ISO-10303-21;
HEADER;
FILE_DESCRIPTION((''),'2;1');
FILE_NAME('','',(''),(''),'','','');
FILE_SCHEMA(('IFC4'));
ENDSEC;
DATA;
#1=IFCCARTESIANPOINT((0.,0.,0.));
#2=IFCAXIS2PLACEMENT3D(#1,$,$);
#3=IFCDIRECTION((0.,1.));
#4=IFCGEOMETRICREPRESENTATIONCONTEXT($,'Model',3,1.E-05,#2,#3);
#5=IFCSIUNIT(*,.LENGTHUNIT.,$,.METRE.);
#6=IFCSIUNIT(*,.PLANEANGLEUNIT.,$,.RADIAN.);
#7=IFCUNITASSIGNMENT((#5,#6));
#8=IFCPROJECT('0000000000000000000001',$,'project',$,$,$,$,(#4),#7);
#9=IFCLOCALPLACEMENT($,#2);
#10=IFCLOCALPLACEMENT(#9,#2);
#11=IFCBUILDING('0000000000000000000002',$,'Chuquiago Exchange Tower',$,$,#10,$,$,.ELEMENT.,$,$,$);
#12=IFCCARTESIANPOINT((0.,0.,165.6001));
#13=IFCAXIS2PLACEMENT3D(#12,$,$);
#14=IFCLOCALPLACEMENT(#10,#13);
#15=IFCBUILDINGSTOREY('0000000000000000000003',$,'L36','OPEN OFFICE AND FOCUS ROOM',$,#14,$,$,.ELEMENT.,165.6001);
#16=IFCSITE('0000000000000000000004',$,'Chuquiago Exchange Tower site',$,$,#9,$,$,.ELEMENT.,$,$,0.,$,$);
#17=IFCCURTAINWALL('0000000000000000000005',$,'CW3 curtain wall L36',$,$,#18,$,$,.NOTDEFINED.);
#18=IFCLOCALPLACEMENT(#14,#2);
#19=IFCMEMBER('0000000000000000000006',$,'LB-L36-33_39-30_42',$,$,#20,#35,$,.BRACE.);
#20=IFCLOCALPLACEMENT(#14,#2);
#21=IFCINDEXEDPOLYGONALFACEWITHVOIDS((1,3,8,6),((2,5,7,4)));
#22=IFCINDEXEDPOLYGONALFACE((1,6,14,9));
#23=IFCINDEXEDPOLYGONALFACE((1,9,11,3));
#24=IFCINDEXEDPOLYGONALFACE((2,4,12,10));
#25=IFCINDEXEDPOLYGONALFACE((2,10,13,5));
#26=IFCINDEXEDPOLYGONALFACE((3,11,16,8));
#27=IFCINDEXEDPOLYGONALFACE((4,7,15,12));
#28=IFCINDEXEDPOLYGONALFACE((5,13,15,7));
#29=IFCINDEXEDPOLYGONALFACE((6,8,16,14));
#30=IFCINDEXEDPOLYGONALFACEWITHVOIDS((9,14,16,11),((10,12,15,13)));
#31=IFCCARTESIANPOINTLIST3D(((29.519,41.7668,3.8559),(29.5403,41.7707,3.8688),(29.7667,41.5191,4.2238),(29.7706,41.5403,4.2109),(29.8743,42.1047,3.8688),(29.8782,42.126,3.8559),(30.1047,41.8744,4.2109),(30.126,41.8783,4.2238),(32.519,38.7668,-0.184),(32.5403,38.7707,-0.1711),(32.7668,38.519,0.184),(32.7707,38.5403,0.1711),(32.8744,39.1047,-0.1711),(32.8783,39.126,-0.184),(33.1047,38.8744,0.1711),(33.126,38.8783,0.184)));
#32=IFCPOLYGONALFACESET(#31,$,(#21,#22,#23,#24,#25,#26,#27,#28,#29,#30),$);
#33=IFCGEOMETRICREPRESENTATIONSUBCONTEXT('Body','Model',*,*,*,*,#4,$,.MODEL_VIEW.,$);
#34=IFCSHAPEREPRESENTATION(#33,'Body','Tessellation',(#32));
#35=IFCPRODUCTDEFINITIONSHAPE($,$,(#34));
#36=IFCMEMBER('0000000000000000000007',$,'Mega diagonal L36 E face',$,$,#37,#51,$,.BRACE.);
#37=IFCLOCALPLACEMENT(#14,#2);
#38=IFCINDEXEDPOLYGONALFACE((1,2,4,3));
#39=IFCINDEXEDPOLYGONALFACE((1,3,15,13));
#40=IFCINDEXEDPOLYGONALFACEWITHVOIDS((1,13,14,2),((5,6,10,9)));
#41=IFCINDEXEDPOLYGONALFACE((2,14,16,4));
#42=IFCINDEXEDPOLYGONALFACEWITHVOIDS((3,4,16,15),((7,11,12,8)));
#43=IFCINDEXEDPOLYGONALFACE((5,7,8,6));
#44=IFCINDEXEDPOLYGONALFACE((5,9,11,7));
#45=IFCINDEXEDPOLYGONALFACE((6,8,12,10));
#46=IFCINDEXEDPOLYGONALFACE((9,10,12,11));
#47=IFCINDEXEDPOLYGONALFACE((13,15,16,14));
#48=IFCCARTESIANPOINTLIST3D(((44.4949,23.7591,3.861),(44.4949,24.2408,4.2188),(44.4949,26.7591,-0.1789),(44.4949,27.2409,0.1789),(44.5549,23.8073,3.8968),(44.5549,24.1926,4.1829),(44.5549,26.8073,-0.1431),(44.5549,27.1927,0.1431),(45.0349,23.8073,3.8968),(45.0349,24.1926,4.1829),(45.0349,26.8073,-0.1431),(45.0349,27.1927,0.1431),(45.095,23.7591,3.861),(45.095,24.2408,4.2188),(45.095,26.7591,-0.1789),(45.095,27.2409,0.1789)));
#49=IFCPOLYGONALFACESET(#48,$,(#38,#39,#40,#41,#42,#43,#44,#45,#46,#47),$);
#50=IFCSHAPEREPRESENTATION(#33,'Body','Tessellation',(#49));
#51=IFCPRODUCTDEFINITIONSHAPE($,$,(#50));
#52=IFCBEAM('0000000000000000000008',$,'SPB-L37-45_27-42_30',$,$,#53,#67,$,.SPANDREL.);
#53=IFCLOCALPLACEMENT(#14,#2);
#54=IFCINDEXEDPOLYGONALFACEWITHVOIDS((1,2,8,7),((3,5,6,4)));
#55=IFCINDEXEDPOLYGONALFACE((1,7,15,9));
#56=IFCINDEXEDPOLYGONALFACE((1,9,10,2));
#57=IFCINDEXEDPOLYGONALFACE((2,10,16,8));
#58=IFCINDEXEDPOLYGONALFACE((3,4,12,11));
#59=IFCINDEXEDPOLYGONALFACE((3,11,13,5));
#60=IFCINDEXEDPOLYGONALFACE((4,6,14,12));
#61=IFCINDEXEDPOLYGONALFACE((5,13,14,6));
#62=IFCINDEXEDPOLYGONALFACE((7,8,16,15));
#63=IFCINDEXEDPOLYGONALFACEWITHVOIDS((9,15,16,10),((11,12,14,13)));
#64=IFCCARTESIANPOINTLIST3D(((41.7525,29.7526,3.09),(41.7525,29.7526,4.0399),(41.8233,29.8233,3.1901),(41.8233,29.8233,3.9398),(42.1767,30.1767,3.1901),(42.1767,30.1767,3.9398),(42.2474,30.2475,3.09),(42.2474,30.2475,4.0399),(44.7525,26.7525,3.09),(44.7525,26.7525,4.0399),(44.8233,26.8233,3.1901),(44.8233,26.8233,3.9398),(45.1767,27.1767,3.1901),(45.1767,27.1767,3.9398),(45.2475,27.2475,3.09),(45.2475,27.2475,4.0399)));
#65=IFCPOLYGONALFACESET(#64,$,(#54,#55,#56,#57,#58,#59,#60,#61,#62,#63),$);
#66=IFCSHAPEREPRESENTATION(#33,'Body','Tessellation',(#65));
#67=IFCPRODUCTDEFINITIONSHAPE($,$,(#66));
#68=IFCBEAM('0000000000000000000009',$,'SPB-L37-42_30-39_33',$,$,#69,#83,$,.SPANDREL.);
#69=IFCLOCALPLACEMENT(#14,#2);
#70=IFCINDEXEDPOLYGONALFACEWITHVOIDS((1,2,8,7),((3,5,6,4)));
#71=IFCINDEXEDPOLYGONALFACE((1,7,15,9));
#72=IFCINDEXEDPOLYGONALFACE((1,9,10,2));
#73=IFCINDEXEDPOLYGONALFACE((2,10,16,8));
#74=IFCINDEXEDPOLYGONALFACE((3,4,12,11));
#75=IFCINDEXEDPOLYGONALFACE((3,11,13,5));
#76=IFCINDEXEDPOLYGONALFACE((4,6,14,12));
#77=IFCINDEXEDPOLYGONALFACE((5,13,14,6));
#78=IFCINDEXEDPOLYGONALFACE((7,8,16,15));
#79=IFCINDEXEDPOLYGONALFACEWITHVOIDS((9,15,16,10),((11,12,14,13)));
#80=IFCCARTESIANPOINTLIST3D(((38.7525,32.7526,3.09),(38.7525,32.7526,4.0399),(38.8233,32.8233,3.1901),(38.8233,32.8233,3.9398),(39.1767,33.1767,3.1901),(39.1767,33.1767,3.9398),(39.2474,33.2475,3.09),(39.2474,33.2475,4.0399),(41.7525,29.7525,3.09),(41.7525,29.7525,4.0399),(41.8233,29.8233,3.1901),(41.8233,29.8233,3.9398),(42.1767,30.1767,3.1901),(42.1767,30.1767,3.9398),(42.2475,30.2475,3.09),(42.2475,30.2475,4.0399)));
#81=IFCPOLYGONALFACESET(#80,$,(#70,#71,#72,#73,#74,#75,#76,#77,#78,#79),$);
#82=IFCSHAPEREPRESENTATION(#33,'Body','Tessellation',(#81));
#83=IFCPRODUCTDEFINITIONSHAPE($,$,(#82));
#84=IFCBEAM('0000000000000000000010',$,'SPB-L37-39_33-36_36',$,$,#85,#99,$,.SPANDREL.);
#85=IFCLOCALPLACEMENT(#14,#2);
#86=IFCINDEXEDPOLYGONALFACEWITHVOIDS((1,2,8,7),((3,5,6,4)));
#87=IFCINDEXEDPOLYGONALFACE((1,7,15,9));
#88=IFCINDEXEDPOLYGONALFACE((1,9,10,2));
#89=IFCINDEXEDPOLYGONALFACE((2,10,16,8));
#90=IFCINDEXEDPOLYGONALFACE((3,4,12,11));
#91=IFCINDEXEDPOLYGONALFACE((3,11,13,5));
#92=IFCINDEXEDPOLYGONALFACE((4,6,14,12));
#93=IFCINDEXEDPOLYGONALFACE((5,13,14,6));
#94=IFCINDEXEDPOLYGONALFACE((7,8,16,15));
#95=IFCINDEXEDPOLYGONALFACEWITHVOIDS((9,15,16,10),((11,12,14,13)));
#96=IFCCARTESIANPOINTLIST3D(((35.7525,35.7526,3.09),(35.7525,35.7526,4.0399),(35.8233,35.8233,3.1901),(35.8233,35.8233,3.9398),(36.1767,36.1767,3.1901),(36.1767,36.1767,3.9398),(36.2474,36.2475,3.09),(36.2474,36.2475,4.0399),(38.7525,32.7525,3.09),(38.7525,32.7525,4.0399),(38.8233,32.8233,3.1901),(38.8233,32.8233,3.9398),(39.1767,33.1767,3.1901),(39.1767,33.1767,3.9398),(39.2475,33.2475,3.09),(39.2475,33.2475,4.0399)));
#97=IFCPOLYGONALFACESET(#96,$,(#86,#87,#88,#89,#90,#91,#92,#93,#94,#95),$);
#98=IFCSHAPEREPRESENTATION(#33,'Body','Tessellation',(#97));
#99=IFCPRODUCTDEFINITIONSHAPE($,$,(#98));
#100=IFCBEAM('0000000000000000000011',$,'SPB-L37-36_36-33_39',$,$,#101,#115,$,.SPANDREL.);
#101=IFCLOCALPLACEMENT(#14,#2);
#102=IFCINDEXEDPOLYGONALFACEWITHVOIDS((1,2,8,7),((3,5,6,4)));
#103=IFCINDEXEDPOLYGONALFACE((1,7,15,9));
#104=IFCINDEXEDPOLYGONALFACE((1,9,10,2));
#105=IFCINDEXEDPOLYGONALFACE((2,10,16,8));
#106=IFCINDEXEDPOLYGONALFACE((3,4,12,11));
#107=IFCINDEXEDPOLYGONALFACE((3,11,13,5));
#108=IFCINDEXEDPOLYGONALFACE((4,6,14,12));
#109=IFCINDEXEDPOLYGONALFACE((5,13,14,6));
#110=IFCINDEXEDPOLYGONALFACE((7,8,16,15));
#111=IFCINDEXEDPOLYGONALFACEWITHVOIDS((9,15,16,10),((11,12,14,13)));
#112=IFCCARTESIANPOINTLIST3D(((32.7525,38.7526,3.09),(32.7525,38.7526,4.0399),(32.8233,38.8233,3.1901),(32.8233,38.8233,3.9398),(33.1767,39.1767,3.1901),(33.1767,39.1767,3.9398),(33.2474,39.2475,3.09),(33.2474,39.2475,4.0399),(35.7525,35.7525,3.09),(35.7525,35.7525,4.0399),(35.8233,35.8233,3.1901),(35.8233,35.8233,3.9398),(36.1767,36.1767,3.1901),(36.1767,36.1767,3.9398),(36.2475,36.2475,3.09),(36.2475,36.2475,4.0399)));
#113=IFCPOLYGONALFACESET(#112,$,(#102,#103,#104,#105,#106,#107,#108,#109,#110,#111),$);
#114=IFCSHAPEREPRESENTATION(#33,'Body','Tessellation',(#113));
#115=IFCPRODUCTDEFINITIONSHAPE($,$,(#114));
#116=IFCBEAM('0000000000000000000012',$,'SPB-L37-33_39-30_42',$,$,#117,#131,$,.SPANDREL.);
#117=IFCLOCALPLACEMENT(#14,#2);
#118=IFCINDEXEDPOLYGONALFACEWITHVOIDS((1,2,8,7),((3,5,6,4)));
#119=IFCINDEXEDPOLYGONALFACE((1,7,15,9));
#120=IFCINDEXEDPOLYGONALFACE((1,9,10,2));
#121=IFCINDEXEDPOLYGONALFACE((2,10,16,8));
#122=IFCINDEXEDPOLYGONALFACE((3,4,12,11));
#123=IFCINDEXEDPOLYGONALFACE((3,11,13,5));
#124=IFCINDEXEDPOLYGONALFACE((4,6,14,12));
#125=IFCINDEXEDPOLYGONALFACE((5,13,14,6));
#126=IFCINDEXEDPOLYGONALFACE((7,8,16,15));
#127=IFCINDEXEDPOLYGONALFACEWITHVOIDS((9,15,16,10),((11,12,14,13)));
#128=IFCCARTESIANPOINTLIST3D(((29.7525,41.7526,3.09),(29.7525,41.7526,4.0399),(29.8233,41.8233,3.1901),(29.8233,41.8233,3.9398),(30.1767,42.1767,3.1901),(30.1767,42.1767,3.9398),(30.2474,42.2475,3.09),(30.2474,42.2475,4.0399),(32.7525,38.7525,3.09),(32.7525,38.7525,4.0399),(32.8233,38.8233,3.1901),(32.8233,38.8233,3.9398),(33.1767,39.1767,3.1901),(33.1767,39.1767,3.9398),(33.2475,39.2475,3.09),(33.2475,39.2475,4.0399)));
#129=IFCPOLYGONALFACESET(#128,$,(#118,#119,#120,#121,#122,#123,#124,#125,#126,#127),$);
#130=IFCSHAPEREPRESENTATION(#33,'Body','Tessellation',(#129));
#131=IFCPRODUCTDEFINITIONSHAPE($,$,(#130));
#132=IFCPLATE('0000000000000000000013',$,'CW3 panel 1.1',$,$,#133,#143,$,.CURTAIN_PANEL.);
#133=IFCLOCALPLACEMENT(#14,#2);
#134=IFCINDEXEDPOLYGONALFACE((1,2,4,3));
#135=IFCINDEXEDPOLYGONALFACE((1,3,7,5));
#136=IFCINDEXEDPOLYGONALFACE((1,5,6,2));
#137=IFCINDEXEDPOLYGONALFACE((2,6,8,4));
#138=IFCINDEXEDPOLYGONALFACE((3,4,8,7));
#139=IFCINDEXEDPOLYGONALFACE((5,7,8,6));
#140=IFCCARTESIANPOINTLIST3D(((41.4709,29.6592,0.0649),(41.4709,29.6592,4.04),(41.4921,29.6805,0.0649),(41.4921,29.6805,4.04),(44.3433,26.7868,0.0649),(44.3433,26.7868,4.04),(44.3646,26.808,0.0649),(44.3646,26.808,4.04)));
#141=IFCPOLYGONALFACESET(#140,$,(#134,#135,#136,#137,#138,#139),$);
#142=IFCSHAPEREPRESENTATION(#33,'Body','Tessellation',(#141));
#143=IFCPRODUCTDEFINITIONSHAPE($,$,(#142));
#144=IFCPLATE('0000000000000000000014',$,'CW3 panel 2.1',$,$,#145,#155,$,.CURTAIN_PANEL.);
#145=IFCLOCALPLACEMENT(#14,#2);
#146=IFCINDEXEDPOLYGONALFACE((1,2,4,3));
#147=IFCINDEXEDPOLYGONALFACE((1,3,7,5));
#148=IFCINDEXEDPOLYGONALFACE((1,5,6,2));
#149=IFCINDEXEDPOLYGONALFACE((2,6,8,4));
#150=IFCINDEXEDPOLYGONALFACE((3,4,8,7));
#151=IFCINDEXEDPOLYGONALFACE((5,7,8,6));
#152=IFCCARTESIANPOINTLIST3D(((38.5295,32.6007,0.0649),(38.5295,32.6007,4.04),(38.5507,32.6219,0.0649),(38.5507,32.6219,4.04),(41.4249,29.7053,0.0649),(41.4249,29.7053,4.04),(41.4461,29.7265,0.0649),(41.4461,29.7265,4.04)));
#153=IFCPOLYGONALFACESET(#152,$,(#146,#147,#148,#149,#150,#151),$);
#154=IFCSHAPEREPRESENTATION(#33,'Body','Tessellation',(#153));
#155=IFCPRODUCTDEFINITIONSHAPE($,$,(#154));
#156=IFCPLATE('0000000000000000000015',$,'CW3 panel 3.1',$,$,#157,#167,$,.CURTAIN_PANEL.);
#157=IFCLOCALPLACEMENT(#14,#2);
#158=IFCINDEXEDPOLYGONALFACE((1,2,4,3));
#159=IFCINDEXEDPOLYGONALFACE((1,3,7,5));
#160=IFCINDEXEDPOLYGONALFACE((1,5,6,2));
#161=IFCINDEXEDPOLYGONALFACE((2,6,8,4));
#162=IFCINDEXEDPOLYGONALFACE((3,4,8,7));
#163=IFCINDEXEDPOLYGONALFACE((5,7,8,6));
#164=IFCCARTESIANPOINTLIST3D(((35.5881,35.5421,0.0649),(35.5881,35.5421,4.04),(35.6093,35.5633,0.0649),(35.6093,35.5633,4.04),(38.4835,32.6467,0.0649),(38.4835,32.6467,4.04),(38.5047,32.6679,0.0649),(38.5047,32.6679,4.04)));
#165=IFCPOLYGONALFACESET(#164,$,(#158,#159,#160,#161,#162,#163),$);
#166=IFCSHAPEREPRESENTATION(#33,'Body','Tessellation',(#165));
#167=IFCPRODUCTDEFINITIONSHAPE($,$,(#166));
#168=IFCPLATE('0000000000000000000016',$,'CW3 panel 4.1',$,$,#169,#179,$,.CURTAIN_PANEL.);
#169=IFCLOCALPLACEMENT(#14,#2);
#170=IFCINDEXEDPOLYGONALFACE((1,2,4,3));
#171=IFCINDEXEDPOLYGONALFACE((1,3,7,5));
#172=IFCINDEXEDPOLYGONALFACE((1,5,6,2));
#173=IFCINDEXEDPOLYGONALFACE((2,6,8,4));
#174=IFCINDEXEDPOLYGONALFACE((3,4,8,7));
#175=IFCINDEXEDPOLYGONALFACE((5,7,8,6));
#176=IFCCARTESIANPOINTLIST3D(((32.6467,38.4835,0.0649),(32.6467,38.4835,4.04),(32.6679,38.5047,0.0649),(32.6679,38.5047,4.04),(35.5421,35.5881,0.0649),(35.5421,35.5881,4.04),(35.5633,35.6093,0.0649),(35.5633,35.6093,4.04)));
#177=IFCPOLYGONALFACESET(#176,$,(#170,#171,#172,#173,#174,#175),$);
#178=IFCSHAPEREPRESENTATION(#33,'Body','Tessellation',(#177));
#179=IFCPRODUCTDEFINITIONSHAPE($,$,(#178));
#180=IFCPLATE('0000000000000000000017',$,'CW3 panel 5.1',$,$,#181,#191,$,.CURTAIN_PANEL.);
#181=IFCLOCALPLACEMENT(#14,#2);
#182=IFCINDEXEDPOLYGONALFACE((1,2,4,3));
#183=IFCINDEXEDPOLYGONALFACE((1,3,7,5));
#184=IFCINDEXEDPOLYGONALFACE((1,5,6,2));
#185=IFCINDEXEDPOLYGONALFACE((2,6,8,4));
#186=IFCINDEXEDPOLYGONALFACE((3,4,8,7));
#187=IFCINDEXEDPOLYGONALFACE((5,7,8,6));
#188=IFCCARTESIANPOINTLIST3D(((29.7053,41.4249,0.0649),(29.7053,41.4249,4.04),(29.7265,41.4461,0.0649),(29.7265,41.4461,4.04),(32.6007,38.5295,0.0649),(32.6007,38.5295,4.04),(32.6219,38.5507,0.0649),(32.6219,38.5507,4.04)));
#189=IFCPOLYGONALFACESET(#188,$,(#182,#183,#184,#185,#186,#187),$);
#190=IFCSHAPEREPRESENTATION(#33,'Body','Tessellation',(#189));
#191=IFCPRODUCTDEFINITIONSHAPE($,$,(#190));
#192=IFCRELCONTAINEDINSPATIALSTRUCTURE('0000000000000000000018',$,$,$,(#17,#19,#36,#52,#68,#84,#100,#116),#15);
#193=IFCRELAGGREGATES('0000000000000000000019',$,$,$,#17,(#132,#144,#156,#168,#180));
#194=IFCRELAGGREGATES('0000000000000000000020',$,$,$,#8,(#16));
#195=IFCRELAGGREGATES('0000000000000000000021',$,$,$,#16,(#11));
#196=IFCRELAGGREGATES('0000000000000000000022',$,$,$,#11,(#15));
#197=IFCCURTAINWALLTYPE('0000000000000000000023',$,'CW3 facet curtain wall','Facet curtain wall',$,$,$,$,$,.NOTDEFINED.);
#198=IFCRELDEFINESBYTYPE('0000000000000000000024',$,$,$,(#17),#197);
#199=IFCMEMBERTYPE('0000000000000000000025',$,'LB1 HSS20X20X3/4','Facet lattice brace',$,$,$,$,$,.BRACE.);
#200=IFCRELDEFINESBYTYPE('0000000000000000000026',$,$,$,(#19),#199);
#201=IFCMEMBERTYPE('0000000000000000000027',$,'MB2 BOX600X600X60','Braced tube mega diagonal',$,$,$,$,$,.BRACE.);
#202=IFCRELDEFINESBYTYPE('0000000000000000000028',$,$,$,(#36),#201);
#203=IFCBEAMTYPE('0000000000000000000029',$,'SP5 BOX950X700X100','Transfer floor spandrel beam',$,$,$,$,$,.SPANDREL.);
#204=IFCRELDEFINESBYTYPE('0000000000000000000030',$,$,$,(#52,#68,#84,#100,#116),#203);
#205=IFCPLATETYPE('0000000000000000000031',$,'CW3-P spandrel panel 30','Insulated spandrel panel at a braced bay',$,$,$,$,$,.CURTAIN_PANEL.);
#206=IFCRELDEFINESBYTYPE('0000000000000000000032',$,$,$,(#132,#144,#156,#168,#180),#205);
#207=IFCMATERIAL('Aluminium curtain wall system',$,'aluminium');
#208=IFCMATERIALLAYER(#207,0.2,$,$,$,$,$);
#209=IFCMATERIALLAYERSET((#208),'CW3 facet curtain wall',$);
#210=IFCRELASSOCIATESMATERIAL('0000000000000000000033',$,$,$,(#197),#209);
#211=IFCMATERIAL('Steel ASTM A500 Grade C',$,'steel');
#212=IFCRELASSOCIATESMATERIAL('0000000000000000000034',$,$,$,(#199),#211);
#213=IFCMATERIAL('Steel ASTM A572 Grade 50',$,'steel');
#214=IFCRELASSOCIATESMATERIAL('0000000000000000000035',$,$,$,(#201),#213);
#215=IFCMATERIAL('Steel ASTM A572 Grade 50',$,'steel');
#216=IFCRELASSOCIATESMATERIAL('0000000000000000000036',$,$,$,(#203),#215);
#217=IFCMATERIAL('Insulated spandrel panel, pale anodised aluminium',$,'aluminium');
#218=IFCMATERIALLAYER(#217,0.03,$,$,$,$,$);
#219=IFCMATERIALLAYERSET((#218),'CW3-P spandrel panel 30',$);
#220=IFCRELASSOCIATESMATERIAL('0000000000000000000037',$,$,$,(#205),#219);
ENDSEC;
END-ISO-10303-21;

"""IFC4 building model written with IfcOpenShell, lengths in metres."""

from ifc_helpers import new_model, si_unit, direction, frame, origin, origin_2d, place, context, subcontext, project, spatial, rectangle, hollow_rectangle, extrude, material, layer, layer_set, material_profile, profile_set, type_object, element, aggregate, save


model = new_model("IFC4")

# Units and contexts
model_context = context("Model", 3, precision=1e-05, world=origin(), true_north=direction((0.0, 1.0)))
body_context = subcontext(model_context, "Body", "Model", "MODEL_VIEW")
ifc_project = project(units=[si_unit("LENGTHUNIT", "METRE"), si_unit("PLANEANGLEUNIT", "RADIAN")], contexts=[model_context])

# Site, building, storey
site_placement = place(None, origin())
site = spatial("IfcSite", under=ifc_project, at=site_placement, Name="Chuquiago Exchange Tower site", CompositionType="ELEMENT", RefElevation=0.0)
building_placement = place(site_placement, origin())
building = spatial("IfcBuilding", under=site, at=building_placement, Name="Chuquiago Exchange Tower", CompositionType="ELEMENT")
storey_placement = place(building_placement, frame((0.0, 0.0, 165.6001)))
storey = spatial("IfcBuildingStorey", under=building, at=storey_placement, Name="L36", Description="OPEN OFFICE AND FOCUS ROOM", CompositionType="ELEMENT", Elevation=165.6001)

# Curtain wall
ifc_material_1 = material(Name="Aluminium curtain wall system", Category="aluminium")
ifc_layer_1 = layer(ifc_material_1, 0.2)
ifc_layer_set_1 = layer_set([ifc_layer_1], Name="CW3 facet curtain wall")
curtain_wall_type = type_object("IfcCurtainWallType", Name="CW3 facet curtain wall", Description="Facet curtain wall", PredefinedType="NOTDEFINED", material=ifc_layer_set_1)
curtain_wall_placement = place(storey_placement, origin())
curtain_wall = element("IfcCurtainWall", 1, at=curtain_wall_placement, inside=storey, type_object=curtain_wall_type, Name="CW3 curtain wall L36", PredefinedType="NOTDEFINED")

# Members
ifc_material_2 = material(Name="Steel ASTM A500 Grade C", Category="steel")
ifc_material_profile_1 = material_profile(ifc_material_2, hollow_rectangle(XDim=0.5081, YDim=0.5081, WallThickness=0.0178, at=origin_2d()), Name="HSS20X20X3/4")
ifc_profile_set_1 = profile_set([ifc_material_profile_1], Name="Steel ASTM A500 Grade C")
member_type_1 = type_object("IfcMemberType", Name="LB1 HSS20X20X3/4", Description="Facet lattice brace", PredefinedType="BRACE", material=ifc_profile_set_1)
for number, where, z_axis, x_axis, name in (
    (2, (32.8225, 38.8225, 0.0), (-0.512092, 0.512092, 0.689582), (-0.707107, -0.707107, 0.0), "LB-L36-33_39-30_42"),
):
    element("IfcMember", number, at=place(storey_placement, frame(where, z_axis=z_axis, x_axis=x_axis)), inside=storey, type_object=member_type_1, Name=name, PredefinedType="BRACE", context=body_context, shape_type="SweptSolid", body=[
        extrude(hollow_rectangle(XDim=0.5081, YDim=0.5081, WallThickness=0.0178, at=origin_2d()), origin(), (0.0, 0.0, 1.0), 5.8584),
    ])
ifc_material_3 = material(Name="Steel ASTM A572 Grade 50", Category="steel")
ifc_material_profile_2 = material_profile(ifc_material_3, hollow_rectangle(XDim=0.6001, YDim=0.6001, WallThickness=0.0601, at=origin_2d()), Name="BOX600X600X60")
ifc_profile_set_2 = profile_set([ifc_material_profile_2], Name="Steel ASTM A572 Grade 50")
member_type_2 = type_object("IfcMemberType", Name="MB2 BOX600X600X60", Description="Braced tube mega diagonal", PredefinedType="BRACE", material=ifc_profile_set_2)
member_1_placement = place(storey_placement, frame((44.7949, 27.0, 0.0), z_axis=(0.0, -0.596197, 0.802838), x_axis=(1.0, 0.0, 0.0)))
element("IfcMember", 3, at=member_1_placement, inside=storey, type_object=member_type_2, Name="Mega diagonal L36 E face", PredefinedType="BRACE", context=body_context, shape_type="SweptSolid", body=[
    extrude(hollow_rectangle(XDim=0.6001, YDim=0.6001, WallThickness=0.0601, at=origin_2d()), origin(), (0.0, 0.0, 1.0), 5.032),
])

# Beams
ifc_material_4 = material(Name="Steel ASTM A572 Grade 50", Category="steel")
ifc_material_profile_3 = material_profile(ifc_material_4, hollow_rectangle(XDim=0.7, YDim=0.95, WallThickness=0.1001, at=origin_2d()), Name="BOX950X700X100")
ifc_profile_set_3 = profile_set([ifc_material_profile_3], Name="Steel ASTM A572 Grade 50")
beam_type_1 = type_object("IfcBeamType", Name="SP5 BOX950X700X100", Description="Transfer floor spandrel beam", PredefinedType="SPANDREL", material=ifc_profile_set_3)
for number, where, z_axis, x_axis, name in (
    (4, (45.0, 27.0, 3.5649), (-0.707107, 0.707107, 0.0), (-0.707107, -0.707107, 0.0), "SPB-L37-45_27-42_30"),
    (5, (42.0, 30.0, 3.5649), (-0.707107, 0.707107, 0.0), (-0.707107, -0.707107, 0.0), "SPB-L37-42_30-39_33"),
    (6, (39.0, 33.0, 3.5649), (-0.707107, 0.707107, 0.0), (-0.707107, -0.707107, 0.0), "SPB-L37-39_33-36_36"),
    (7, (36.0, 36.0, 3.5649), (-0.707107, 0.707107, 0.0), (-0.707107, -0.707107, 0.0), "SPB-L37-36_36-33_39"),
    (8, (33.0, 39.0, 3.5649), (-0.707107, 0.707107, 0.0), (-0.707107, -0.707107, 0.0), "SPB-L37-33_39-30_42"),
):
    element("IfcBeam", number, at=place(storey_placement, frame(where, z_axis=z_axis, x_axis=x_axis)), inside=storey, type_object=beam_type_1, Name=name, PredefinedType="SPANDREL", context=body_context, shape_type="SweptSolid", body=[
        extrude(hollow_rectangle(XDim=0.7, YDim=0.95, WallThickness=0.1001, at=origin_2d()), origin(), (0.0, 0.0, 1.0), 4.2427),
    ])

# Plates
ifc_material_5 = material(Name="Insulated spandrel panel, pale anodised aluminium", Category="aluminium")
ifc_layer_2 = layer(ifc_material_5, 0.03)
ifc_layer_set_2 = layer_set([ifc_layer_2], Name="CW3-P spandrel panel 30")
plate_type = type_object("IfcPlateType", Name="CW3-P spandrel panel 30", Description="Insulated spandrel panel at a braced bay", PredefinedType="CURTAIN_PANEL", material=ifc_layer_set_2)
plate_1_placement = place(storey_placement, frame((42.9177, 28.2336, 0.0649), z_axis=(0.0, 0.0, 1.0), x_axis=(-0.707107, 0.707107, 0.0)))
plate_1 = element("IfcPlate", 9, at=plate_1_placement, type_object=plate_type, Name="CW3 panel 1.1", PredefinedType="CURTAIN_PANEL", context=body_context, shape_type="SweptSolid", body=[
    extrude(rectangle(XDim=4.0623, YDim=0.03, at=origin_2d()), origin(), (0.0, 0.0, 1.0), 3.9751),
])
plate_2_placement = place(storey_placement, frame((39.9878, 31.1636, 0.0649), z_axis=(0.0, 0.0, 1.0), x_axis=(-0.707107, 0.707107, 0.0)))
plate_2 = element("IfcPlate", 10, at=plate_2_placement, type_object=plate_type, Name="CW3 panel 2.1", PredefinedType="CURTAIN_PANEL", context=body_context, shape_type="SweptSolid", body=[
    extrude(rectangle(XDim=4.0947, YDim=0.03, at=origin_2d()), origin(), (0.0, 0.0, 1.0), 3.9751),
])
plate_3_placement = place(storey_placement, frame((37.0464, 34.105, 0.0649), z_axis=(0.0, 0.0, 1.0), x_axis=(-0.707107, 0.707107, 0.0)))
plate_3 = element("IfcPlate", 11, at=plate_3_placement, type_object=plate_type, Name="CW3 panel 3.1", PredefinedType="CURTAIN_PANEL", context=body_context, shape_type="SweptSolid", body=[
    extrude(rectangle(XDim=4.0947, YDim=0.03, at=origin_2d()), origin(), (0.0, 0.0, 1.0), 3.9751),
])
plate_4_placement = place(storey_placement, frame((34.105, 37.0464, 0.0649), z_axis=(0.0, 0.0, 1.0), x_axis=(-0.707107, 0.707107, 0.0)))
plate_4 = element("IfcPlate", 12, at=plate_4_placement, type_object=plate_type, Name="CW3 panel 4.1", PredefinedType="CURTAIN_PANEL", context=body_context, shape_type="SweptSolid", body=[
    extrude(rectangle(XDim=4.0947, YDim=0.03, at=origin_2d()), origin(), (0.0, 0.0, 1.0), 3.9751),
])
plate_5_placement = place(storey_placement, frame((31.1636, 39.9878, 0.0649), z_axis=(0.0, 0.0, 1.0), x_axis=(-0.707107, 0.707107, 0.0)))
plate_5 = element("IfcPlate", 13, at=plate_5_placement, type_object=plate_type, Name="CW3 panel 5.1", PredefinedType="CURTAIN_PANEL", context=body_context, shape_type="SweptSolid", body=[
    extrude(rectangle(XDim=4.0947, YDim=0.03, at=origin_2d()), origin(), (0.0, 0.0, 1.0), 3.9751),
])
aggregate(curtain_wall, [plate_1, plate_2, plate_3, plate_4, plate_5])

save(model, "model.ifc")
